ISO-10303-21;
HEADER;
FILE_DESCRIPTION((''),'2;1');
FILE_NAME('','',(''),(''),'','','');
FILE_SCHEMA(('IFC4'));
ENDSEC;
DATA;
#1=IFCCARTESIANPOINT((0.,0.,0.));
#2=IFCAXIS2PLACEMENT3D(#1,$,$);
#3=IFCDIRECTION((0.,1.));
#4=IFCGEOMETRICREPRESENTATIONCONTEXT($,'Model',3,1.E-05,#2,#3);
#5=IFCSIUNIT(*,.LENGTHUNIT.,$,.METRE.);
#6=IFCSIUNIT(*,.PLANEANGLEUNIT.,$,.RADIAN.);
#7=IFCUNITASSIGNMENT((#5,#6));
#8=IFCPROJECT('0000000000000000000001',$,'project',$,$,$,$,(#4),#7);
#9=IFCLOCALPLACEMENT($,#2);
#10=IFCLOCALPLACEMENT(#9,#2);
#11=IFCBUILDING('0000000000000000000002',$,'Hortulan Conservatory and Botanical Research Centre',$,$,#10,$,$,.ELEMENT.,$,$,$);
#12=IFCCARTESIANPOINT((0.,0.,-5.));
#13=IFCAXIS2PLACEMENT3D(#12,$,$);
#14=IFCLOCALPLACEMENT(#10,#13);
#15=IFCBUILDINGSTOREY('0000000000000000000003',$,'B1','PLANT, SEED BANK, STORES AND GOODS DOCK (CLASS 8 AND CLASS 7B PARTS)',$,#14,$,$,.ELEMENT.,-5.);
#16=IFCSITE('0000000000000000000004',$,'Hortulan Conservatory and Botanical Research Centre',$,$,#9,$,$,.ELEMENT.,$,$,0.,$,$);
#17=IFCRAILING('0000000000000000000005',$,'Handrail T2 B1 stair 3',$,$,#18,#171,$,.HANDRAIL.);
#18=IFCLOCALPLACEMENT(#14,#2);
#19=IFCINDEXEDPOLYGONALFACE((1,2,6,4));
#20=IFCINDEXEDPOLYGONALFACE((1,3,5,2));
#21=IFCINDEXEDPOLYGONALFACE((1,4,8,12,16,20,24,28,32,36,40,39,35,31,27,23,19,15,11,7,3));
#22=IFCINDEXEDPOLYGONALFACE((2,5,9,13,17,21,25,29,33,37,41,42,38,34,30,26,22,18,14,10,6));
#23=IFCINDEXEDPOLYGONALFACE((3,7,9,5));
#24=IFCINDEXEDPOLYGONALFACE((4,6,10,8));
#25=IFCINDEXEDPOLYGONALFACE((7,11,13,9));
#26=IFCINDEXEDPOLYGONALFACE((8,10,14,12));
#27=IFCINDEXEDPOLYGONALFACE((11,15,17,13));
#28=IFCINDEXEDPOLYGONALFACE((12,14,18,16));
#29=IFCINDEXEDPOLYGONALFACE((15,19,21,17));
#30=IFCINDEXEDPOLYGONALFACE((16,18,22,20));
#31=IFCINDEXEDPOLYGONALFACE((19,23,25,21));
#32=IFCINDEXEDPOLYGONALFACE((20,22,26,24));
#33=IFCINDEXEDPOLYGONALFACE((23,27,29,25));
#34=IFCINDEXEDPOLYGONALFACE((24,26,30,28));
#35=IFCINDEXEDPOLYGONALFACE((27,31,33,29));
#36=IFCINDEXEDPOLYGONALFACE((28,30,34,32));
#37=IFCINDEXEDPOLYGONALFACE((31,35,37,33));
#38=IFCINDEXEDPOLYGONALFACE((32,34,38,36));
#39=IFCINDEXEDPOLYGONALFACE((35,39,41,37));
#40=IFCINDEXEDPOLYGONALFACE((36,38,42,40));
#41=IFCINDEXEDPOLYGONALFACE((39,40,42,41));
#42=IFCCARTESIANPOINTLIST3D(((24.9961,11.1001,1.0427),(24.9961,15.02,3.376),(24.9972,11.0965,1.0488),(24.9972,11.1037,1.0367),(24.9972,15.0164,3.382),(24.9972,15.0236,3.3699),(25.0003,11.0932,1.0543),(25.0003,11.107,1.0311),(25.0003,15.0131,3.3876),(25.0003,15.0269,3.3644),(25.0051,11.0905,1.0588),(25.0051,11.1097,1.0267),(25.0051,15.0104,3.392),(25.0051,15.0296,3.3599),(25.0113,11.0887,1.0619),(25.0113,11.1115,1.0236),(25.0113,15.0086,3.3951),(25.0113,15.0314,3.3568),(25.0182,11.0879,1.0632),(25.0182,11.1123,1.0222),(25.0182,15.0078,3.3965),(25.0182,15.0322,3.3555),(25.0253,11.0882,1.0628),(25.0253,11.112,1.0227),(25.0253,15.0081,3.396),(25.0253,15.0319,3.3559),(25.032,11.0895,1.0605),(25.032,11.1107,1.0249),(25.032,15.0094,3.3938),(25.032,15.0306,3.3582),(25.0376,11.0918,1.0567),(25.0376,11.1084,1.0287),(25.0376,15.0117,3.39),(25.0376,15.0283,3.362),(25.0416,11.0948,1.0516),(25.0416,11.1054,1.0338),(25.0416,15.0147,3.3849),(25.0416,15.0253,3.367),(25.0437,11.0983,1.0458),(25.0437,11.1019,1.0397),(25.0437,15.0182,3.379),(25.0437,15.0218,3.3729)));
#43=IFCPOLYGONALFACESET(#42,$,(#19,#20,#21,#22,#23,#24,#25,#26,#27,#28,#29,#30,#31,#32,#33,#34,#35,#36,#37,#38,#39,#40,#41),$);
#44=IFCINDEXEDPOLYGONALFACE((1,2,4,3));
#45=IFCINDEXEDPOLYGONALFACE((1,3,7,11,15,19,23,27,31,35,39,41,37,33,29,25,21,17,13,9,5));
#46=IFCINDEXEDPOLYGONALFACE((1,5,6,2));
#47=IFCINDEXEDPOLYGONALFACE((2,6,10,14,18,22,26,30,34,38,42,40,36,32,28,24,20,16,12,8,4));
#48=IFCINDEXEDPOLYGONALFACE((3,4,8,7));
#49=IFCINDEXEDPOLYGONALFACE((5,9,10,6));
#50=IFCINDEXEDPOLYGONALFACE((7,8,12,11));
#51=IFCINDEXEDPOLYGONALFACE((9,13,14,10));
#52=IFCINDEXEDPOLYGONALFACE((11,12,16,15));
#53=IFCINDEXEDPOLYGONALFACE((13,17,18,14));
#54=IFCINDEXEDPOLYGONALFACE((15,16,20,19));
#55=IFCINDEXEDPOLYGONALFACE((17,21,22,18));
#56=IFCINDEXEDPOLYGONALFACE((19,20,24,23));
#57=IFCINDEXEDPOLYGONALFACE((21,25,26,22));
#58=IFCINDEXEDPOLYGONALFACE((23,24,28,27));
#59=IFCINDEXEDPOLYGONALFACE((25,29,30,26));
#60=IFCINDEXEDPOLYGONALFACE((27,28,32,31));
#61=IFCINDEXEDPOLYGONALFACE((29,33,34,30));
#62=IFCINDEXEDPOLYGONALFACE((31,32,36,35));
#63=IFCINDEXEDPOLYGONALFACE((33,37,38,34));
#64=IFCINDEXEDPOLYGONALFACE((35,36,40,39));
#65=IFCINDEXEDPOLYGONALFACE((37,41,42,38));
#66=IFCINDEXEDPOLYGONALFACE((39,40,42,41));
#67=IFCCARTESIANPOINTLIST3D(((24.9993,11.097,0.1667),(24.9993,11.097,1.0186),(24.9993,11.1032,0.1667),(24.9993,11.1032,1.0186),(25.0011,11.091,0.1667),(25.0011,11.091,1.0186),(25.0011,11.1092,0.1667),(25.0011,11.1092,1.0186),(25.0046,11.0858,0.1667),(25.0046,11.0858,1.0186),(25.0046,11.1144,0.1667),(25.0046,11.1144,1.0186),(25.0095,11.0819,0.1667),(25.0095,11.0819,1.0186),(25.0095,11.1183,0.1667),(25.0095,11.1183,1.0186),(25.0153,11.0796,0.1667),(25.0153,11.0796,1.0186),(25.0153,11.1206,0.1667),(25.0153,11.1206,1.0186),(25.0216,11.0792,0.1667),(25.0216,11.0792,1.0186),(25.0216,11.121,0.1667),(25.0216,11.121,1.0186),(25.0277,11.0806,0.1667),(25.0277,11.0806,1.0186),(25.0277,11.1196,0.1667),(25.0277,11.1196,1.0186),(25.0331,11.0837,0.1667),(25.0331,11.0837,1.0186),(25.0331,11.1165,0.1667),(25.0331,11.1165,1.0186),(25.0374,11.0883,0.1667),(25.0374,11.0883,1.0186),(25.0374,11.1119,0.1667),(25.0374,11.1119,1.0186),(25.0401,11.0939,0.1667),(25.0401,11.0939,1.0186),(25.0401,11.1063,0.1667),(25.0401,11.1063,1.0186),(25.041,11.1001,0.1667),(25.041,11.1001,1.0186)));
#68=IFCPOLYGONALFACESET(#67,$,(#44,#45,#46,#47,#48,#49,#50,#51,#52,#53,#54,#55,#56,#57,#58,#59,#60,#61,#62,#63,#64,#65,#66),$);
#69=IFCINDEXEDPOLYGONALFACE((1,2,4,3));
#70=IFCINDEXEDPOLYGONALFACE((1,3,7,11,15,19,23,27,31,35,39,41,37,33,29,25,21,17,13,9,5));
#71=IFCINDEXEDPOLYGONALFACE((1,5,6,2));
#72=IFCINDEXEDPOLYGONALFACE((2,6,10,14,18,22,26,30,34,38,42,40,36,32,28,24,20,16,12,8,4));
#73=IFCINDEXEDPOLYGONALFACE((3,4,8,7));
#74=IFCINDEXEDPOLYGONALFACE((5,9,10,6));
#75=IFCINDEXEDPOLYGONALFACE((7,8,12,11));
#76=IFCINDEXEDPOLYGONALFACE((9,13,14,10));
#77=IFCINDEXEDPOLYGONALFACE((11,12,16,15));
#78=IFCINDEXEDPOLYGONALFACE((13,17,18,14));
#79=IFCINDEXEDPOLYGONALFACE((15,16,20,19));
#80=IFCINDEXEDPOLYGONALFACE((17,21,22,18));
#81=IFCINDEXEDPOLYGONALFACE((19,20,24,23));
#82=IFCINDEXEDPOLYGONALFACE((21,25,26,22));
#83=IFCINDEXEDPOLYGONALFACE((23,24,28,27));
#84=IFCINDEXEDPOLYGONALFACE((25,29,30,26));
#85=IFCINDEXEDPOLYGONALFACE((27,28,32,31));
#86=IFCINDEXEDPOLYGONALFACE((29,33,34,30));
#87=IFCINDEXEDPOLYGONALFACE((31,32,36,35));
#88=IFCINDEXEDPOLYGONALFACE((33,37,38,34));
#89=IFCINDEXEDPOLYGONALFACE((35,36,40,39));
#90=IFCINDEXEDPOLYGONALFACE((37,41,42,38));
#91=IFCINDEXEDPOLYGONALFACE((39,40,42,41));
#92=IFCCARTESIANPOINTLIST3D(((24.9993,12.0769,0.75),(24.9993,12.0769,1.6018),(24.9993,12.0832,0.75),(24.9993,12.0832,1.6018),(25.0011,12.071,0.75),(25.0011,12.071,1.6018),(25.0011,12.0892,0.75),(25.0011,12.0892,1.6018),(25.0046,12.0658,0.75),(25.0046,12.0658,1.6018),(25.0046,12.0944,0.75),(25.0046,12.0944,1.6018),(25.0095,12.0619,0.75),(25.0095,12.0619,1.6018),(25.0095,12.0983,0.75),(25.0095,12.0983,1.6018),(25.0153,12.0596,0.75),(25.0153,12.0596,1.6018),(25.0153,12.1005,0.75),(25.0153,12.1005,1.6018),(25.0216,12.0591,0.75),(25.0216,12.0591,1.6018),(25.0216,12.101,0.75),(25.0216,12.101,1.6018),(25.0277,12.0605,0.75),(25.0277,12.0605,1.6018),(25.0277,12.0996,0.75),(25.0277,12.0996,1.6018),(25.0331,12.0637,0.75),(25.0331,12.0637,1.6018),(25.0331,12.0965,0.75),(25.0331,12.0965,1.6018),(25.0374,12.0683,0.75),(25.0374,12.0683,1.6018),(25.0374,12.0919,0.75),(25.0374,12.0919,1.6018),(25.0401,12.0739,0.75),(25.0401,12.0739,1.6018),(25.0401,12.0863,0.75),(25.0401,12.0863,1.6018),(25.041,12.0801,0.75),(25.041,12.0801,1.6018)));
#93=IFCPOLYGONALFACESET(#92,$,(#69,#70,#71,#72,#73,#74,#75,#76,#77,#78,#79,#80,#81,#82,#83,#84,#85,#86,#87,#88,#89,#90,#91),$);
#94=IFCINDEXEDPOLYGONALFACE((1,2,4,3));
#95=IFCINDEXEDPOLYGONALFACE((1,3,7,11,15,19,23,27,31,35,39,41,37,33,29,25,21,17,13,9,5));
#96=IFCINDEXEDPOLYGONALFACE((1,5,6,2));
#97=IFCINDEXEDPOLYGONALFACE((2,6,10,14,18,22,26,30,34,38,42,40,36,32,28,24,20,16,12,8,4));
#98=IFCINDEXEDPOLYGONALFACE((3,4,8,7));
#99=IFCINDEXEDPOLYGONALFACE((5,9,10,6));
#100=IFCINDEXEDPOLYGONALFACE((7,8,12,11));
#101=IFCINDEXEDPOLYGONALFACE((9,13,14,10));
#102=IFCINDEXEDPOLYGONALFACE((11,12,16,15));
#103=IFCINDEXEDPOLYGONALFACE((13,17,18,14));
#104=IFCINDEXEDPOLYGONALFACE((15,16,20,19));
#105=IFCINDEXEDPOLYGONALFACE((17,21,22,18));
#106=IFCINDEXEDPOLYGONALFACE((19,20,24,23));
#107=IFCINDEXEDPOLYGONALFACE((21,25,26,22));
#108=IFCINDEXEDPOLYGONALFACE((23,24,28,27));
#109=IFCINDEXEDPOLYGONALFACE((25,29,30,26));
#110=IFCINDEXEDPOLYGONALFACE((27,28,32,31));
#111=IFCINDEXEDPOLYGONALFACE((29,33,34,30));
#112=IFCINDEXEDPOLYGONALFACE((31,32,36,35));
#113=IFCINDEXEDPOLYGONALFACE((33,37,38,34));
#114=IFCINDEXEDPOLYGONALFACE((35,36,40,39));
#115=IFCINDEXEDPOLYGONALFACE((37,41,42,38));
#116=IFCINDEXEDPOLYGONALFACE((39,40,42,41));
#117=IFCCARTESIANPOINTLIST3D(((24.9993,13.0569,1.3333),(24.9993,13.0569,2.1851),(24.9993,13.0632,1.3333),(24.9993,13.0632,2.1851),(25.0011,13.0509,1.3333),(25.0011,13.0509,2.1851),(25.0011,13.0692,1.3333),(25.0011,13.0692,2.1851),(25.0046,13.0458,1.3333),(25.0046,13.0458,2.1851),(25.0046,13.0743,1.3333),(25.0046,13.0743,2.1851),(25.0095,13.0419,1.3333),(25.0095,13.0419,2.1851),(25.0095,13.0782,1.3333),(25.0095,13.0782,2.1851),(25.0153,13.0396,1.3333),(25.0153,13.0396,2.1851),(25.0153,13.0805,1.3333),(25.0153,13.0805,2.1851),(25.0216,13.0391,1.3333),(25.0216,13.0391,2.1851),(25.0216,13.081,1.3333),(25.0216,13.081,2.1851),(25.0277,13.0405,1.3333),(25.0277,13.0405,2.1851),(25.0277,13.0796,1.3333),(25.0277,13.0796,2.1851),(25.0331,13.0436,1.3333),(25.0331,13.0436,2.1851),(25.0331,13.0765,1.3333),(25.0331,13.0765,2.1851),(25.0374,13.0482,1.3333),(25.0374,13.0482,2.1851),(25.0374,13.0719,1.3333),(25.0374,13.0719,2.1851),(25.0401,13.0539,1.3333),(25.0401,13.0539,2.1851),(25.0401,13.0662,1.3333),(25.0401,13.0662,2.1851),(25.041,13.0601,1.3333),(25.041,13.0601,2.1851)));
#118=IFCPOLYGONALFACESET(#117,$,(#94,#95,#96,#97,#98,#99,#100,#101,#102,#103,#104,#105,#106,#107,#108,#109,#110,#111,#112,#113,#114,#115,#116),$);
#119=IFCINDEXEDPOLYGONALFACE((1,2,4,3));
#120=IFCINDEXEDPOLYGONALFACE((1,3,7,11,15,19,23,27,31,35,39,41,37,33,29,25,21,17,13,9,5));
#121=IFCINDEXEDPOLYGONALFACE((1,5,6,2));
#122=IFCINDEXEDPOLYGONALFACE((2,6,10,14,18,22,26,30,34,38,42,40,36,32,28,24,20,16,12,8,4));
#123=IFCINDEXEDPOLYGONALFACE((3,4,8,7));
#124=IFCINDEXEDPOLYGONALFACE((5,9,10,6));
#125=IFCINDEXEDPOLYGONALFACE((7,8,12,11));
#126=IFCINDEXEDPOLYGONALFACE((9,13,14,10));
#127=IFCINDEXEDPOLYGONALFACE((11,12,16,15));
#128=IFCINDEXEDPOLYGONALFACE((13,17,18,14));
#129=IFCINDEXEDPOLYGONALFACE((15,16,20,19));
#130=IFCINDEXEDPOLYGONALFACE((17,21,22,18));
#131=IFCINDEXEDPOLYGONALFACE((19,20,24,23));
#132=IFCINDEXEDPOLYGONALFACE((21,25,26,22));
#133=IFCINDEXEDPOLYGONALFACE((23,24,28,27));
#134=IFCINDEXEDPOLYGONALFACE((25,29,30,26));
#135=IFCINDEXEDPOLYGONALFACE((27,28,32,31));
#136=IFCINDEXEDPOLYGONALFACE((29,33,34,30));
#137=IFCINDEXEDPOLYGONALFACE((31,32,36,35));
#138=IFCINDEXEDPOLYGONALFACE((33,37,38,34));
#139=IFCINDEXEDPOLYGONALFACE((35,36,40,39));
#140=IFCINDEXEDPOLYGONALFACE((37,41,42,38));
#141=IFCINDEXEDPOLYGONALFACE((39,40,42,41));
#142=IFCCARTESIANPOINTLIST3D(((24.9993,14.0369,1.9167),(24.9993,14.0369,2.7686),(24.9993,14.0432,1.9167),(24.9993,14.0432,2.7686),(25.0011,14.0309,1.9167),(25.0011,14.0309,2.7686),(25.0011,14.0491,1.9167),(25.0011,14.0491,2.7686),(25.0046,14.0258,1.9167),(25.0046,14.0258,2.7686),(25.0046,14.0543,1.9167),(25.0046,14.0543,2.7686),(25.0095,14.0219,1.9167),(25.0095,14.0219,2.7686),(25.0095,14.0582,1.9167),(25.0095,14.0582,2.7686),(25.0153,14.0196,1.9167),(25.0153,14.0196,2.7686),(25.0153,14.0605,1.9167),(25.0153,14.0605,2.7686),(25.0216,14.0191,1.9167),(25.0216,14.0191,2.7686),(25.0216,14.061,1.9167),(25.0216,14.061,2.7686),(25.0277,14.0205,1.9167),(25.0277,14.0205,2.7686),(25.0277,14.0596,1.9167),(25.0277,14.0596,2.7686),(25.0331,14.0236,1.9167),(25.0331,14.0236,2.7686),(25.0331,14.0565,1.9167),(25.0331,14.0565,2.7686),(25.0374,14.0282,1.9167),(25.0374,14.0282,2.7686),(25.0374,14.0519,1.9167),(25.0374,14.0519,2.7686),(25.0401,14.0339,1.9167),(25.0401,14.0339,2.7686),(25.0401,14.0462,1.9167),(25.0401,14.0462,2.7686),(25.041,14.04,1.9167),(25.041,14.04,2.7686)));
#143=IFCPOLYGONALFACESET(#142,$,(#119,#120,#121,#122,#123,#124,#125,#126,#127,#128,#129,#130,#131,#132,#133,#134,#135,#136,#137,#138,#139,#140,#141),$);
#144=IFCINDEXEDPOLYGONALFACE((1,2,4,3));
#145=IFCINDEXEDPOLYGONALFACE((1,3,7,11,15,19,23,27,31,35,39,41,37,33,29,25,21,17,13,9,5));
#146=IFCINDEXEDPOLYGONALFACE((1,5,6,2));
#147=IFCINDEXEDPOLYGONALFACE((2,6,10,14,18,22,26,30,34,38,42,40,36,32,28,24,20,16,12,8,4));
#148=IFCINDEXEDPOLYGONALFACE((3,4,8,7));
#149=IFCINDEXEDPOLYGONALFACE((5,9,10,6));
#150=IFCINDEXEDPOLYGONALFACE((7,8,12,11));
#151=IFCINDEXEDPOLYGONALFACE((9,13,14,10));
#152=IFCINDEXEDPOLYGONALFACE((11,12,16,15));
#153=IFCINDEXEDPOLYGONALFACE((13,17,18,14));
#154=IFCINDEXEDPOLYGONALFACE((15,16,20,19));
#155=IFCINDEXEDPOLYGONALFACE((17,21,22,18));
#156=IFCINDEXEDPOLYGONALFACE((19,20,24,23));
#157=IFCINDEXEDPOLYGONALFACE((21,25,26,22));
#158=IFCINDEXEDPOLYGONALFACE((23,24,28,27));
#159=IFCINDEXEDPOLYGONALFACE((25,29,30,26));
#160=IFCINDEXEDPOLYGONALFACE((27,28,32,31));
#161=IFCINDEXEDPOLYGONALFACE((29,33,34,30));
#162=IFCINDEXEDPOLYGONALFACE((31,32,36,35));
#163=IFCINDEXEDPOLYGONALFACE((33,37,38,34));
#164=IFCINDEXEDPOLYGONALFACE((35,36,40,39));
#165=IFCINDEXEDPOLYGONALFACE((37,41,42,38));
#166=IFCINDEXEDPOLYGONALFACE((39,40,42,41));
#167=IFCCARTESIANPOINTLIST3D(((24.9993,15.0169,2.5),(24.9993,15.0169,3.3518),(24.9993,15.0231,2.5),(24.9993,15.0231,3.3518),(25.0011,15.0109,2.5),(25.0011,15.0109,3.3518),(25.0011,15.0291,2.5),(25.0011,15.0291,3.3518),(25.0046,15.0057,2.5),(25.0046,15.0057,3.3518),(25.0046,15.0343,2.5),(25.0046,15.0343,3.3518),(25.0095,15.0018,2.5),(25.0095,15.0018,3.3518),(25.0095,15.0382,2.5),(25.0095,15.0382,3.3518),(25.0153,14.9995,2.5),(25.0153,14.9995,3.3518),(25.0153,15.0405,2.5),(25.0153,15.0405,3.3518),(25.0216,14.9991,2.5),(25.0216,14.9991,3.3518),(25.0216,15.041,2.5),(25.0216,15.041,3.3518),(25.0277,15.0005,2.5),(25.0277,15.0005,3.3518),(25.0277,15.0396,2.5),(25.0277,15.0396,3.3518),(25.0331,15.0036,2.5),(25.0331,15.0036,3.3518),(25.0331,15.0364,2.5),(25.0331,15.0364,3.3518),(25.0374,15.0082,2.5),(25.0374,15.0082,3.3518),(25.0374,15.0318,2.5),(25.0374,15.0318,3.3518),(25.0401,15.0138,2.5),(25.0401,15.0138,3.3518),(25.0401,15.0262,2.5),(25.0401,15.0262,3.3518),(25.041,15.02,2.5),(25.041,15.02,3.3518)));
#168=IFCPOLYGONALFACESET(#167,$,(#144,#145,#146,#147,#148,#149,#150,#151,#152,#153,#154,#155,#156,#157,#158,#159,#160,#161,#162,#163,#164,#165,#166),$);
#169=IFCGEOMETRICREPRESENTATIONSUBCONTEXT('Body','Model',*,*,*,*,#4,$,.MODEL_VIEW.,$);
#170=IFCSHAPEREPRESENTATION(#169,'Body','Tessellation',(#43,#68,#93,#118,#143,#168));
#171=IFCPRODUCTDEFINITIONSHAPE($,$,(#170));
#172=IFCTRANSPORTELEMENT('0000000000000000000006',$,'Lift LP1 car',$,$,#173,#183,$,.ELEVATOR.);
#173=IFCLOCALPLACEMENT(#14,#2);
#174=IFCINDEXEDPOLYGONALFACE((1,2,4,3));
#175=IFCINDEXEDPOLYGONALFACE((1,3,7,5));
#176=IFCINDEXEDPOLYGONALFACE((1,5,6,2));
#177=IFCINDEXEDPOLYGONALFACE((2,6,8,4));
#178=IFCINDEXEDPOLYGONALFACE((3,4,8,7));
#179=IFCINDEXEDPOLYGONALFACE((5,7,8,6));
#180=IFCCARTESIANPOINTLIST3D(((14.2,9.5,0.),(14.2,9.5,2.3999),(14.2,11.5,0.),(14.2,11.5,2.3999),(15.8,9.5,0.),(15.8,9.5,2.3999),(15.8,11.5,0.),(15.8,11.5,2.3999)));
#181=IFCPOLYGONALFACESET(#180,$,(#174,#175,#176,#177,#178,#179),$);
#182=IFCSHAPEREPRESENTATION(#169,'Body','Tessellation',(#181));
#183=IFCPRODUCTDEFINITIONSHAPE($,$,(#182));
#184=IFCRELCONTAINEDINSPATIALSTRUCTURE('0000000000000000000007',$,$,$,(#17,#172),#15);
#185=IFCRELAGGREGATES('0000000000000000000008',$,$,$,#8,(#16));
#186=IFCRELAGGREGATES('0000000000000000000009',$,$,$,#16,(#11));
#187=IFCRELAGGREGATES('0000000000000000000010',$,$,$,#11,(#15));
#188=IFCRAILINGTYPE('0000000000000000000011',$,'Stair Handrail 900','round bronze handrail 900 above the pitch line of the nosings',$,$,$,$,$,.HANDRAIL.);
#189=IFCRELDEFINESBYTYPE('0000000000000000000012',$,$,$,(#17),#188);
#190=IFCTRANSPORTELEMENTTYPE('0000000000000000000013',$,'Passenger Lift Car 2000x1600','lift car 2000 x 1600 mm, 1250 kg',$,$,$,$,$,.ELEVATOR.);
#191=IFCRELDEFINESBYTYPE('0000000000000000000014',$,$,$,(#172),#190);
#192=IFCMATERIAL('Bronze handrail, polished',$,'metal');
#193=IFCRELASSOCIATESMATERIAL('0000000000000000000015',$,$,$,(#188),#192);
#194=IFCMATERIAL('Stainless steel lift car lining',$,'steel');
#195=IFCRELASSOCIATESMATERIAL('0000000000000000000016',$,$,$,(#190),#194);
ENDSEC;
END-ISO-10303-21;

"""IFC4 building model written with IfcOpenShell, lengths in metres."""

from ifc_helpers import new_model, si_unit, direction, frame, origin, origin_2d, place, context, subcontext, project, spatial, rectangle, circle, extrude, material, type_object, element, save


model = new_model("IFC4")

# Units and contexts
model_context = context("Model", 3, precision=1e-05, world=origin(), true_north=direction((0.0, 1.0)))
body_context = subcontext(model_context, "Body", "Model", "MODEL_VIEW")
ifc_project = project(units=[si_unit("LENGTHUNIT", "METRE"), si_unit("PLANEANGLEUNIT", "RADIAN")], contexts=[model_context])

# Site, building, storey
site_placement = place(None, origin())
site = spatial("IfcSite", under=ifc_project, at=site_placement, Name="Hortulan Conservatory and Botanical Research Centre", CompositionType="ELEMENT", RefElevation=0.0)
building_placement = place(site_placement, origin())
building = spatial("IfcBuilding", under=site, at=building_placement, Name="Hortulan Conservatory and Botanical Research Centre", CompositionType="ELEMENT")
storey_placement = place(building_placement, frame((0.0, 0.0, -5.0)))
storey = spatial("IfcBuildingStorey", under=building, at=storey_placement, Name="B1", Description="PLANT, SEED BANK, STORES AND GOODS DOCK (CLASS 8 AND CLASS 7B PARTS)", CompositionType="ELEMENT", Elevation=-5.0)

# Railing
ifc_material_1 = material(Name="Bronze handrail, polished", Category="metal")
railing_type_1 = type_object("IfcRailingType", Name="Stair Handrail 900", Description="round bronze handrail 900 above the pitch line of the nosings", PredefinedType="HANDRAIL", material=ifc_material_1)
railing_1_placement = place(storey_placement, frame((25.02, 11.1001, 0.1667)))
element("IfcRailing", 1, at=railing_1_placement, inside=storey, type_object=railing_type_1, Name="Handrail T2 B1 stair 3", PredefinedType="HANDRAIL", context=body_context, shape_type="SweptSolid", body=[
    extrude(circle(Radius=0.0239, at=origin_2d()), frame((0.0, 0.0, 0.876), z_axis=(0.0, 0.859296, 0.511478), x_axis=(-1.0, 0.0, 0.0)), (0.0, 0.0, 1.0), 4.5618),
    extrude(circle(Radius=0.021, at=origin_2d()), origin(), (0.0, 0.0, 1.0), 0.8518),
    extrude(circle(Radius=0.021, at=origin_2d()), frame((0.0, 0.98, 0.5833)), (0.0, 0.0, 1.0), 0.8518),
    extrude(circle(Radius=0.021, at=origin_2d()), frame((0.0, 1.96, 1.1665)), (0.0, 0.0, 1.0), 0.8518),
    extrude(circle(Radius=0.021, at=origin_2d()), frame((0.0, 2.9399, 1.75)), (0.0, 0.0, 1.0), 0.8518),
    extrude(circle(Radius=0.021, at=origin_2d()), frame((0.0, 3.9199, 2.3333)), (0.0, 0.0, 1.0), 0.8518),
])

# Transport element
ifc_material_2 = material(Name="Stainless steel lift car lining", Category="steel")
transport_element_type = type_object("IfcTransportElementType", Name="Passenger Lift Car 2000x1600", Description="lift car 2000 x 1600 mm, 1250 kg", PredefinedType="ELEVATOR", material=ifc_material_2)
transport_element_placement = place(storey_placement, frame((15.0, 10.5, 0.0), z_axis=(0.0, 0.0, 1.0), x_axis=(1.0, 0.0, 0.0)))
element("IfcTransportElement", 2, at=transport_element_placement, inside=storey, type_object=transport_element_type, Name="Lift LP1 car", PredefinedType="ELEVATOR", context=body_context, shape_type="SweptSolid", body=[
    extrude(rectangle(XDim=1.6001, YDim=2.0, at=origin_2d()), origin(), (0.0, 0.0, 1.0), 2.3999),
])

save(model, "model.ifc")
